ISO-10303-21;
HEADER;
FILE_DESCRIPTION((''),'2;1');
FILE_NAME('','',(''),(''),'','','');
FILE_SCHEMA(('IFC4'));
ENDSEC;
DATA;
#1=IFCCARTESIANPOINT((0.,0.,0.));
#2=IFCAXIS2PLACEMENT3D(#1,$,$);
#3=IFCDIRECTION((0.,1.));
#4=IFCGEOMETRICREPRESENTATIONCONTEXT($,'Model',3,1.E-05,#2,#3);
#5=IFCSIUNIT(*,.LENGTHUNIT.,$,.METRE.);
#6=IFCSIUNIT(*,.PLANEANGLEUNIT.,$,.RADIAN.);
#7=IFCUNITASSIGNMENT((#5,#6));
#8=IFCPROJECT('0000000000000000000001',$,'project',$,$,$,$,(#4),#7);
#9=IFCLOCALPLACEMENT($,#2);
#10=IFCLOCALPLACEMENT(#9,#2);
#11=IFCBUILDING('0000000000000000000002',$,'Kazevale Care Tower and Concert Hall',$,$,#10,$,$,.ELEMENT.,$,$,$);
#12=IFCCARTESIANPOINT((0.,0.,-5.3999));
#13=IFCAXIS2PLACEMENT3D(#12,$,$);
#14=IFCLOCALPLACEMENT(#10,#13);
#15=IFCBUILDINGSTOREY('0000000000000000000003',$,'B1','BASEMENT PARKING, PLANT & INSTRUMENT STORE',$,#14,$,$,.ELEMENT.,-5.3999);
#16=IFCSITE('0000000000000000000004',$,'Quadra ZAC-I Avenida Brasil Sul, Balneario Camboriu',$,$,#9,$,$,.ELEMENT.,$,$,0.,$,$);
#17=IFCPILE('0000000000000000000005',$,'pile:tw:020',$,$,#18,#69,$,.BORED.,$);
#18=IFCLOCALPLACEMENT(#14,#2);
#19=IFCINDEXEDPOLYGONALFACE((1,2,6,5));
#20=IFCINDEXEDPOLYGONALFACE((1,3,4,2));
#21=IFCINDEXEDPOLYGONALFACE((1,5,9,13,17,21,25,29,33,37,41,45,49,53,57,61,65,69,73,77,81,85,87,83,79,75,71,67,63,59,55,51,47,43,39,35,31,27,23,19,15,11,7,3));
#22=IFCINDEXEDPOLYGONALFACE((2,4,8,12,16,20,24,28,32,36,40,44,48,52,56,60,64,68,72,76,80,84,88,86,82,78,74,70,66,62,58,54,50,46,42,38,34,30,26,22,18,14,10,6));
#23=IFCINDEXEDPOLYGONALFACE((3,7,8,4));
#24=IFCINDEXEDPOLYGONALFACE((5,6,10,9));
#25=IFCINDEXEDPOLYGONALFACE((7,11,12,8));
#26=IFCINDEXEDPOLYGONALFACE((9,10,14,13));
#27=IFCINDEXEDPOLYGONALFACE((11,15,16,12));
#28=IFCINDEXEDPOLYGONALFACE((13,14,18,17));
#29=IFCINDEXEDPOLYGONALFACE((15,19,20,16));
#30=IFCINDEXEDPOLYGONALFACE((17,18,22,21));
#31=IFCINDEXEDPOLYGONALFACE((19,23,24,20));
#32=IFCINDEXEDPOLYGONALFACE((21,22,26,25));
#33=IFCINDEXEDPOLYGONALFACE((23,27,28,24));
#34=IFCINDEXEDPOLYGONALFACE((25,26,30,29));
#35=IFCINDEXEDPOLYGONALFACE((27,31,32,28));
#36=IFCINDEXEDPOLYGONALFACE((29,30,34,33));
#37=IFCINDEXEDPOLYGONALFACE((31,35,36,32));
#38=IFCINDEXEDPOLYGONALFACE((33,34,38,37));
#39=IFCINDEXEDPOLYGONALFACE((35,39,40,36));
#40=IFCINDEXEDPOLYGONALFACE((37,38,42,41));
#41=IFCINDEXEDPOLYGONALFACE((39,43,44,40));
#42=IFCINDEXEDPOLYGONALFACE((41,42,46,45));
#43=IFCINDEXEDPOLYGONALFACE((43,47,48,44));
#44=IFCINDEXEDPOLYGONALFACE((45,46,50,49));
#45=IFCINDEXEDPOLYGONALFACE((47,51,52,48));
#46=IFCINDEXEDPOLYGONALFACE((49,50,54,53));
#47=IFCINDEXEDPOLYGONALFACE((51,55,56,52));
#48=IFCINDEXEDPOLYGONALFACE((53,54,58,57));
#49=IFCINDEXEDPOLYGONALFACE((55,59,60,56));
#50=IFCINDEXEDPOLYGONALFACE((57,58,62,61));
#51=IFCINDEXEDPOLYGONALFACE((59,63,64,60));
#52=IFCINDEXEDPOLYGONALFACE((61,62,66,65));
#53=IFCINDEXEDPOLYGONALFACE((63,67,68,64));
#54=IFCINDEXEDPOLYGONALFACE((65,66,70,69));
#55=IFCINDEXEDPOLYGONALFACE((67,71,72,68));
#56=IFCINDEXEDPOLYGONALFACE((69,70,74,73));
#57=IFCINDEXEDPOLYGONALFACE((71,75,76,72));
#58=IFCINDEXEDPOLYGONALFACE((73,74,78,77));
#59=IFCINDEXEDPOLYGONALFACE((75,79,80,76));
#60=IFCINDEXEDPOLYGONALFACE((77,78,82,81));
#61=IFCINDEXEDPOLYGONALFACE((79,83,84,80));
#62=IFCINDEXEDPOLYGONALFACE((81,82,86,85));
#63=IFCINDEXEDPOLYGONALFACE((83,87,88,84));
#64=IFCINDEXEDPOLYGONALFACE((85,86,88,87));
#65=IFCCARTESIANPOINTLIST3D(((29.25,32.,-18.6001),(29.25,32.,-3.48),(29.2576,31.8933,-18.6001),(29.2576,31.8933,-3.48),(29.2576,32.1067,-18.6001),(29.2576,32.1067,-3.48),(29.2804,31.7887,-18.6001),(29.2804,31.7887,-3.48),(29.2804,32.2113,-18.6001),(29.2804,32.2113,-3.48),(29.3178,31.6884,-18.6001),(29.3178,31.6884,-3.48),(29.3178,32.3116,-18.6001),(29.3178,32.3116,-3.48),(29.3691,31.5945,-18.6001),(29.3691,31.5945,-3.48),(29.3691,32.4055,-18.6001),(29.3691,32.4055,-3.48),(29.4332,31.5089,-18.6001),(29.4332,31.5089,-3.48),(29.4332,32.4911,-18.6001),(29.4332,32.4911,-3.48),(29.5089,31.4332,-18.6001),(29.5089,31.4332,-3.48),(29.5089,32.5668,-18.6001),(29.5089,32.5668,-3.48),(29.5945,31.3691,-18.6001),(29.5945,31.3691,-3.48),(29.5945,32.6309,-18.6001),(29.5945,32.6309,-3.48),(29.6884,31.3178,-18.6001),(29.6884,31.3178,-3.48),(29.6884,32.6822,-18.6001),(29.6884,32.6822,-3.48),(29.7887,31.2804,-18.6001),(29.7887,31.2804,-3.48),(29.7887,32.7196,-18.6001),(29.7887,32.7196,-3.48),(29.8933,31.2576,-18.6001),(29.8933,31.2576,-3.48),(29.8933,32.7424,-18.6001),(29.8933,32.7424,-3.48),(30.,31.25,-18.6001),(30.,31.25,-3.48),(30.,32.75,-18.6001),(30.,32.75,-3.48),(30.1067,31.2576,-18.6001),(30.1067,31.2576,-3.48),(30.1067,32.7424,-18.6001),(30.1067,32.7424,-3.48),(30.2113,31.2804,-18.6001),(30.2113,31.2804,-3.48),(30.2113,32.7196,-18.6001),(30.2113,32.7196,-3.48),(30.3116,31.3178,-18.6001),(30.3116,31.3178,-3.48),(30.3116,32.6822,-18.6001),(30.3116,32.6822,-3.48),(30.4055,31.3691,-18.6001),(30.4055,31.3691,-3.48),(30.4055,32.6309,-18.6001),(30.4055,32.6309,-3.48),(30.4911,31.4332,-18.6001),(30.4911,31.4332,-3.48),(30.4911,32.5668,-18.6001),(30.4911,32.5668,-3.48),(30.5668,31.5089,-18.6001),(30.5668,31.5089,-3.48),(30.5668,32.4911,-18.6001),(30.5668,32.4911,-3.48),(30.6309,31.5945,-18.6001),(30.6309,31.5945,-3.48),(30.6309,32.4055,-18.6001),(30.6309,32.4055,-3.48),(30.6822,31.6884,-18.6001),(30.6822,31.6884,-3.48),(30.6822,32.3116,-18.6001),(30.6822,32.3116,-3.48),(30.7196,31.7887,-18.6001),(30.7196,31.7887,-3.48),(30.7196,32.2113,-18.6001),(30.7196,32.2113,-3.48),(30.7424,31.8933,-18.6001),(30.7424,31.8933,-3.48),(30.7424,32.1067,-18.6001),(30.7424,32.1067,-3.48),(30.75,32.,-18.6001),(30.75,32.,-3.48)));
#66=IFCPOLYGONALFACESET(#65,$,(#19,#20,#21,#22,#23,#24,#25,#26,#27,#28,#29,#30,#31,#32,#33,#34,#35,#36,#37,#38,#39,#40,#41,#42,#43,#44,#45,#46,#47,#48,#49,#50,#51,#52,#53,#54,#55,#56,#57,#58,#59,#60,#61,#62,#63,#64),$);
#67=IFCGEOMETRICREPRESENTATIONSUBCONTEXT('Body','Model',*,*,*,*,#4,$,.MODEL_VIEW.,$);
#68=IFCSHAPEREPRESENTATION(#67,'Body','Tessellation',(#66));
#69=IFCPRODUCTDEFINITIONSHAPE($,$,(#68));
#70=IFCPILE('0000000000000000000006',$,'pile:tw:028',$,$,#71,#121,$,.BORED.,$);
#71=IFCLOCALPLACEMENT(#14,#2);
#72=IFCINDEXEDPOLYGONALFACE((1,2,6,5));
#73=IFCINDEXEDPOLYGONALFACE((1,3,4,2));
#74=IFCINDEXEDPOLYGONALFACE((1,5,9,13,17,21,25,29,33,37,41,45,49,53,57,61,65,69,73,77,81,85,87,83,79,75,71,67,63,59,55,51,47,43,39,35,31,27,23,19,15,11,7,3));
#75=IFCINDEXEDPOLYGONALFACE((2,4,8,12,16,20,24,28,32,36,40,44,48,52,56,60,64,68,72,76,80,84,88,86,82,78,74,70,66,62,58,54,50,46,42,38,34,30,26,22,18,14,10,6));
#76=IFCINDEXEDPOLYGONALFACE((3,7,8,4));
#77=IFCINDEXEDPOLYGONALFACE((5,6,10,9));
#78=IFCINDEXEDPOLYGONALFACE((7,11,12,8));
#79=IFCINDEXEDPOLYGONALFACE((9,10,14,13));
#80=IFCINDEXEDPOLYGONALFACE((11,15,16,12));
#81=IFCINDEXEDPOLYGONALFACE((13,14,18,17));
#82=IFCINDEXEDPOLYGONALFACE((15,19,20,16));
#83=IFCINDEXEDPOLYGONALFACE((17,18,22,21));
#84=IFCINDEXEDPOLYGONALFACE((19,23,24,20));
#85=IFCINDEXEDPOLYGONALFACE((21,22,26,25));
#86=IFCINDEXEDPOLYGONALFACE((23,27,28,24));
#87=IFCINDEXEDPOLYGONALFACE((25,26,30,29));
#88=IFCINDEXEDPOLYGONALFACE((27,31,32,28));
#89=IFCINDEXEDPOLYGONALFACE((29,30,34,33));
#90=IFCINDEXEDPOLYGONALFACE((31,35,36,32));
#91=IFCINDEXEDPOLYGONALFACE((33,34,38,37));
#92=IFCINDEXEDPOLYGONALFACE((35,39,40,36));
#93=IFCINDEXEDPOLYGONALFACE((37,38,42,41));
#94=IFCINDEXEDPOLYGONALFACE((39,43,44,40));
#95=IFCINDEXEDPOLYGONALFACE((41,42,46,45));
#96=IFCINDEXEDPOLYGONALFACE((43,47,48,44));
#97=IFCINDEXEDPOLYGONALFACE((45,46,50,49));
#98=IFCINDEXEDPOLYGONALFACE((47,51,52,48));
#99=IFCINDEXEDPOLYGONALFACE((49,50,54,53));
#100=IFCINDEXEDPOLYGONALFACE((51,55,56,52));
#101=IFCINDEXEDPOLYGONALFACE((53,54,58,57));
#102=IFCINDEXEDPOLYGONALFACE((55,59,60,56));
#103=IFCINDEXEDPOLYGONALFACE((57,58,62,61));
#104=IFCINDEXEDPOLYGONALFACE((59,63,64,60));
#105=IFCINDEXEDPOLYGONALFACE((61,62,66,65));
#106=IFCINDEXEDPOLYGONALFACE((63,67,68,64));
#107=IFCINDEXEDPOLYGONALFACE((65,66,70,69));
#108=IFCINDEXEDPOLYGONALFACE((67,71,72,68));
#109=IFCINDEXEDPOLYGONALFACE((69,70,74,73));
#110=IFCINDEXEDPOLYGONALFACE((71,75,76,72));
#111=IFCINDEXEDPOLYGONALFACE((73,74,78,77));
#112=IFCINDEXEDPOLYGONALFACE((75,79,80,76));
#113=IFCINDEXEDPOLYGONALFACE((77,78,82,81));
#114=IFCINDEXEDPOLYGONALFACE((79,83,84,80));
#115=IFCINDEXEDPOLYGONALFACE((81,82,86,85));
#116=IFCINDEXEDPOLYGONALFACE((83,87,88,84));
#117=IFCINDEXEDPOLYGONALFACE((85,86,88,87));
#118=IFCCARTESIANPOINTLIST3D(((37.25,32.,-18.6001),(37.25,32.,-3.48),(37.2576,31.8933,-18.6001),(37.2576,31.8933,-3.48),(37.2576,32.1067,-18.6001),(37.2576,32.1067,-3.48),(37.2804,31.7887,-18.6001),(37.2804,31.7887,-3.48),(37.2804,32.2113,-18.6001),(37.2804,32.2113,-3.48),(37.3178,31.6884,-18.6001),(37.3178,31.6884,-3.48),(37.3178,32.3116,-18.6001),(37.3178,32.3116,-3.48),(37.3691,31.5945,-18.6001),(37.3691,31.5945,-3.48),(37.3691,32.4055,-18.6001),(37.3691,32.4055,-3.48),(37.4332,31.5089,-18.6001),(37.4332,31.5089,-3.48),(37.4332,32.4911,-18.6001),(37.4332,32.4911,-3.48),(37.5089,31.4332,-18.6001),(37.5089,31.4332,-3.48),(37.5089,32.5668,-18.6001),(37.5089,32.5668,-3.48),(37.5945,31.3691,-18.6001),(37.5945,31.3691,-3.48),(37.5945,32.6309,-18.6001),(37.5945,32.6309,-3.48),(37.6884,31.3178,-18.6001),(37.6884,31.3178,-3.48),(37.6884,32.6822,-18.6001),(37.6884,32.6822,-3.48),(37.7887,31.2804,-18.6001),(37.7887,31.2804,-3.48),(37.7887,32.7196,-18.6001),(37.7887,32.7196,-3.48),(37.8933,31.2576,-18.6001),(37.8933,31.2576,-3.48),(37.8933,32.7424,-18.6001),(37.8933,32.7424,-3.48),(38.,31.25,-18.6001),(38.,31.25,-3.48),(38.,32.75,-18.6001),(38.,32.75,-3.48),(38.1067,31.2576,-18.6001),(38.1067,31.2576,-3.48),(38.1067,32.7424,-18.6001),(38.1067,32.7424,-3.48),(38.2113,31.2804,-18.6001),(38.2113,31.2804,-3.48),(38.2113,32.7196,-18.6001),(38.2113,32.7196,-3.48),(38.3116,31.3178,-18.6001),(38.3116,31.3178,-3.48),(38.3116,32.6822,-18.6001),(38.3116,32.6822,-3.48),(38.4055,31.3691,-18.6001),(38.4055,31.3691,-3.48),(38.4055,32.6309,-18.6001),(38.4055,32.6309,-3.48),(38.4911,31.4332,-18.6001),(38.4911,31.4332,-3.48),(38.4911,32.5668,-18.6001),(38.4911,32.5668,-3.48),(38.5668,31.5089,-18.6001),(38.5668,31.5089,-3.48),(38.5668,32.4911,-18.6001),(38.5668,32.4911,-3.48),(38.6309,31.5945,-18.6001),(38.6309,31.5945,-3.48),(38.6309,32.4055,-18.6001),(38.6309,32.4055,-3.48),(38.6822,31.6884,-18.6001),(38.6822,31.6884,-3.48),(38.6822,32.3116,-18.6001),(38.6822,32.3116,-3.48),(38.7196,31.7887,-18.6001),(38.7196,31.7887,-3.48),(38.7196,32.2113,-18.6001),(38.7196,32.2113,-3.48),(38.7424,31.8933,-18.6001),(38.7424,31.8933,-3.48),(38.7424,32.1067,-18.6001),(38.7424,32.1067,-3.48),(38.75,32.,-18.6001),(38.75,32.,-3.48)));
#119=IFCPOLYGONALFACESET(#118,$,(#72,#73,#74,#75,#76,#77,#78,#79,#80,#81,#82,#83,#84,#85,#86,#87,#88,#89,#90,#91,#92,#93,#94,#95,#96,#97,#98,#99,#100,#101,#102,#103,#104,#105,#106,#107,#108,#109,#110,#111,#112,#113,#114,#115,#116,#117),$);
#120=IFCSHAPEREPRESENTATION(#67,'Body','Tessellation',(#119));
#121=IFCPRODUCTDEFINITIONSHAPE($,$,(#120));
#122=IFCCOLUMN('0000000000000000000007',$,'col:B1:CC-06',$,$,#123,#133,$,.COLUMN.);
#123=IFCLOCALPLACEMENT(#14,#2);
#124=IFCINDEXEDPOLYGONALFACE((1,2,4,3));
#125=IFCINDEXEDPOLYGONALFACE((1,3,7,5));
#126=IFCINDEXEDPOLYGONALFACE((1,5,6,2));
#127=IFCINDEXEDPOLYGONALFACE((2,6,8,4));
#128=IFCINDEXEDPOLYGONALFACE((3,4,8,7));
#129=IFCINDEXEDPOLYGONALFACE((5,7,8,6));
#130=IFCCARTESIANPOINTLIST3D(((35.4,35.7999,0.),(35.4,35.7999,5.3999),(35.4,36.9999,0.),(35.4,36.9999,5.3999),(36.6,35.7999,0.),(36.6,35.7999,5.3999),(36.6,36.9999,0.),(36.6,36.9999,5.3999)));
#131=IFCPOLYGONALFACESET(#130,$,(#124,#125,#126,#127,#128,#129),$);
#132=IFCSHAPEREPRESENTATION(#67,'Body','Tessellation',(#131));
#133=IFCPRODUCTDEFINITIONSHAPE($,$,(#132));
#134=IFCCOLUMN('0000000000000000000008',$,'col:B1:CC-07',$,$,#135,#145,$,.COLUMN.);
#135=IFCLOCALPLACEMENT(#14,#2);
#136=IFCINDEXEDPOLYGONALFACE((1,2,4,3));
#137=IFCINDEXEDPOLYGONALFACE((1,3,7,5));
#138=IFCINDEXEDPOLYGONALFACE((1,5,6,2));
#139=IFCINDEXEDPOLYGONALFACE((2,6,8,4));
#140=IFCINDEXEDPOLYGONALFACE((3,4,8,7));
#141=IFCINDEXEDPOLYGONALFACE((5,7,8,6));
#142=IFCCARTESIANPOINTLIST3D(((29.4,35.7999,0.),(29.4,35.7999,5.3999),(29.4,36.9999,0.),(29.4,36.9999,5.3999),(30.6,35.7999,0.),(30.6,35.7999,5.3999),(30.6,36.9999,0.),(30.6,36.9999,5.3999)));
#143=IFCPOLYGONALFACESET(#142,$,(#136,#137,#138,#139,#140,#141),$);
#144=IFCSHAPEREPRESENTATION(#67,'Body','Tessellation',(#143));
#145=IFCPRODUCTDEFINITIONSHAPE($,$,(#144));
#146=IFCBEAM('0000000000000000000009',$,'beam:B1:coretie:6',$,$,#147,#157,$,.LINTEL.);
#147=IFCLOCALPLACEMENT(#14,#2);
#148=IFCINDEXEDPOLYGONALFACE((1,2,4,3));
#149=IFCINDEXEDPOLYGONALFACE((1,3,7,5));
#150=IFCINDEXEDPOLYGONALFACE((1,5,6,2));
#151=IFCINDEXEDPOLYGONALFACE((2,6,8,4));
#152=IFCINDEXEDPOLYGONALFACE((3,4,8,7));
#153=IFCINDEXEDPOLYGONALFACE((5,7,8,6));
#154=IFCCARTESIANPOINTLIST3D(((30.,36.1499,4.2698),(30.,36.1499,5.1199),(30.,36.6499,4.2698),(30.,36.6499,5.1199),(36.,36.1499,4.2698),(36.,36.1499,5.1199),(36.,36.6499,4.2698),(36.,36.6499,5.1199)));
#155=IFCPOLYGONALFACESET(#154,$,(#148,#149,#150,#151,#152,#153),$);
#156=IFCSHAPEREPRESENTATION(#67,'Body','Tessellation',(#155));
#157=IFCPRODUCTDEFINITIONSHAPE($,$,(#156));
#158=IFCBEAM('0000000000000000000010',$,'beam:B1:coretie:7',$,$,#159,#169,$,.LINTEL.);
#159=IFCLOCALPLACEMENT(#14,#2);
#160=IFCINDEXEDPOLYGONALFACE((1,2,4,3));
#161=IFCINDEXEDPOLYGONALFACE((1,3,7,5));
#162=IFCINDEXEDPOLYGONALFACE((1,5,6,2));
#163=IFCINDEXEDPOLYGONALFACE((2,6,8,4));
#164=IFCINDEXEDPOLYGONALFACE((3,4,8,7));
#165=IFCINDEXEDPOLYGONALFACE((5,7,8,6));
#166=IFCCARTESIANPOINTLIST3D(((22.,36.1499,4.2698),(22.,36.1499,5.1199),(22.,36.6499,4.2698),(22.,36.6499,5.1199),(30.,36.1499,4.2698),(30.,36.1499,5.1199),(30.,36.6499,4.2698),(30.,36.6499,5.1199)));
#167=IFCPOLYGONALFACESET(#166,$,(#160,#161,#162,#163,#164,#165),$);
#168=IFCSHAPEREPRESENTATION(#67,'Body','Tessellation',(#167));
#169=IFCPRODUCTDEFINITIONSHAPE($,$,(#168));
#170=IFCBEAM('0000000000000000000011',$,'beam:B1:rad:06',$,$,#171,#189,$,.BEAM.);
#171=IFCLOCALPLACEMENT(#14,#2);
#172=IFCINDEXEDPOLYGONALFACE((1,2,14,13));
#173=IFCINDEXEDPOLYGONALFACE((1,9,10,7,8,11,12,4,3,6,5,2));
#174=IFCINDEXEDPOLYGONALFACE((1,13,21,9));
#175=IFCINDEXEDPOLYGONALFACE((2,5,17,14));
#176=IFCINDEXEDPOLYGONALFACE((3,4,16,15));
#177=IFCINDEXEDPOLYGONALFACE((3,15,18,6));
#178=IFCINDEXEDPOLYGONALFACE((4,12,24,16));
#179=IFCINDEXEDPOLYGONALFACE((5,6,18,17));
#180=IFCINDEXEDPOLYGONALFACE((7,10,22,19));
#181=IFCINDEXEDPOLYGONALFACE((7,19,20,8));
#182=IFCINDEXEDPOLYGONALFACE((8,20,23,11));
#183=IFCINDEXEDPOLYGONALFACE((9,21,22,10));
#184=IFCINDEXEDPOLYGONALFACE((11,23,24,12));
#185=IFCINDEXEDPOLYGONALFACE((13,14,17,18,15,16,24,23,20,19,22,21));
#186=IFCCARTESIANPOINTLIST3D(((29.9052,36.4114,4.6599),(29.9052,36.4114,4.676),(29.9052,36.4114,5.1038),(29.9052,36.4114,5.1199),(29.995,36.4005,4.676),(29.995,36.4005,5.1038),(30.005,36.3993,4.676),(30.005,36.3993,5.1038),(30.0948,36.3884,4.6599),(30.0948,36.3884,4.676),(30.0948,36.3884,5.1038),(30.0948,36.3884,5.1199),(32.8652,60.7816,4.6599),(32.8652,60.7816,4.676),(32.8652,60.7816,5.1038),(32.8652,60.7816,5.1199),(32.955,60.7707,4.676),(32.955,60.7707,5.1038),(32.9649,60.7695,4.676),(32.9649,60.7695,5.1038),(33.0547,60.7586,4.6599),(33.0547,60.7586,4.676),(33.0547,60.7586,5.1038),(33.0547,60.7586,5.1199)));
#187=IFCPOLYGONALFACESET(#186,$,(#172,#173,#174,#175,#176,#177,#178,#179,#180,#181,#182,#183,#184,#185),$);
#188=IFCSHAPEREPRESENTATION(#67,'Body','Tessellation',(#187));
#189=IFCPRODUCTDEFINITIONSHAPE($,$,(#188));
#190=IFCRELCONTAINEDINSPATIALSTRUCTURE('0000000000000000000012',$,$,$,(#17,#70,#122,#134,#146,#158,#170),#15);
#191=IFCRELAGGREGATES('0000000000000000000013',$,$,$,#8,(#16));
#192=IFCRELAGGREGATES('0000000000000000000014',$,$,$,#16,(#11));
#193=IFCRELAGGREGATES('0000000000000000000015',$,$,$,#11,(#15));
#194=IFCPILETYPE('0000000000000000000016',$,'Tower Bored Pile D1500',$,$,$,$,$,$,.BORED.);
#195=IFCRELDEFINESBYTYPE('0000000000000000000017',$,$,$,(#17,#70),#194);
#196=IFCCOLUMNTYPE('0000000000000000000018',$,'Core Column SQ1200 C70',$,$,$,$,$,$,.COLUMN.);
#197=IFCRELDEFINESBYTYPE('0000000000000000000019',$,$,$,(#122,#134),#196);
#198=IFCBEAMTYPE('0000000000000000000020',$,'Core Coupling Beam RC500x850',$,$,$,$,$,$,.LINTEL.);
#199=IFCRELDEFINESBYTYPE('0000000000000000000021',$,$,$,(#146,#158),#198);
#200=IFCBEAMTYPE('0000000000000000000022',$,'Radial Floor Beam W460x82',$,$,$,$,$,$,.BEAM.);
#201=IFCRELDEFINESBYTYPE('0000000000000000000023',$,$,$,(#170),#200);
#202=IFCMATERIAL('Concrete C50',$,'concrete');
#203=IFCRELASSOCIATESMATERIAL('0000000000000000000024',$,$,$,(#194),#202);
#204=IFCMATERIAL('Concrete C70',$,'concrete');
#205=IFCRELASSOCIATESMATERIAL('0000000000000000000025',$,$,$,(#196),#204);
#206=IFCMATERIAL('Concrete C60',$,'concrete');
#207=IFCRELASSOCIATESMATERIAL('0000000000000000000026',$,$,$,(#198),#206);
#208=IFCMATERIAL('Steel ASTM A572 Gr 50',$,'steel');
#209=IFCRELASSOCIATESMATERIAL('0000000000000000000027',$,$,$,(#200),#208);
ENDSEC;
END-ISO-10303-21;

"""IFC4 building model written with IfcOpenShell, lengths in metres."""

from ifc_helpers import new_model, si_unit, direction, frame, origin, origin_2d, place, context, subcontext, project, spatial, rectangle, circle, i_section, extrude, material, material_profile, profile_set, type_object, element, save


model = new_model("IFC4")

# Units and contexts
model_context = context("Model", 3, precision=1e-05, world=origin(), true_north=direction((0.0, 1.0)))
body_context = subcontext(model_context, "Body", "Model", "MODEL_VIEW")
ifc_project = project(units=[si_unit("LENGTHUNIT", "METRE"), si_unit("PLANEANGLEUNIT", "RADIAN")], contexts=[model_context])

# Site, building, storey
site_placement = place(None, origin())
site = spatial("IfcSite", under=ifc_project, at=site_placement, Name="Quadra ZAC-I Avenida Brasil Sul, Balneario Camboriu", CompositionType="ELEMENT", RefElevation=0.0)
building_placement = place(site_placement, origin())
building = spatial("IfcBuilding", under=site, at=building_placement, Name="Kazevale Care Tower and Concert Hall", CompositionType="ELEMENT")
storey_placement = place(building_placement, frame((0.0, 0.0, -5.3999)))
storey = spatial("IfcBuildingStorey", under=building, at=storey_placement, Name="B1", Description="BASEMENT PARKING, PLANT & INSTRUMENT STORE", CompositionType="ELEMENT", Elevation=-5.3999)

# Piles
ifc_material_1 = material(Name="Concrete C50", Category="concrete")
ifc_material_profile_1 = material_profile(ifc_material_1, circle(Radius=0.75, at=origin_2d()), Name="PILE-D1500")
ifc_profile_set_1 = profile_set([ifc_material_profile_1], Name="Concrete C50")
pile_type = type_object("IfcPileType", Name="Tower Bored Pile D1500", PredefinedType="BORED", material=ifc_profile_set_1)
for number, where, z_axis, x_axis, name in (
    (1, (30.0, 32.0, -3.48), (0.0, 0.0, -1.0), (1.0, 0.0, 0.0), "pile:tw:020"),
    (2, (38.0, 32.0, -3.48), (0.0, 0.0, -1.0), (1.0, 0.0, 0.0), "pile:tw:028"),
):
    element("IfcPile", number, at=place(storey_placement, frame(where, z_axis=z_axis, x_axis=x_axis)), inside=storey, type_object=pile_type, Name=name, PredefinedType="BORED", context=body_context, shape_type="SweptSolid", body=[
        extrude(circle(Radius=0.75, at=origin_2d()), origin(), (0.0, 0.0, 1.0), 15.1201),
    ])

# Columns
ifc_material_2 = material(Name="Concrete C70", Category="concrete")
ifc_material_profile_2 = material_profile(ifc_material_2, rectangle(XDim=1.2, YDim=1.2, at=origin_2d()), Name="RC-SQ1200")
ifc_profile_set_2 = profile_set([ifc_material_profile_2], Name="Concrete C70")
column_type = type_object("IfcColumnType", Name="Core Column SQ1200 C70", PredefinedType="COLUMN", material=ifc_profile_set_2)
for number, where, z_axis, x_axis, name in (
    (3, (36.0, 36.3999, 0.0), (0.0, 0.0, 1.0), (1.0, 0.0, 0.0), "col:B1:CC-06"),
    (4, (30.0, 36.3999, 0.0), (0.0, 0.0, 1.0), (1.0, 0.0, 0.0), "col:B1:CC-07"),
):
    element("IfcColumn", number, at=place(storey_placement, frame(where, z_axis=z_axis, x_axis=x_axis)), inside=storey, type_object=column_type, Name=name, PredefinedType="COLUMN", context=body_context, shape_type="SweptSolid", body=[
        extrude(rectangle(XDim=1.2, YDim=1.2, at=origin_2d()), origin(), (0.0, 0.0, 1.0), 5.3999),
    ])

# Beams
ifc_material_3 = material(Name="Concrete C60", Category="concrete")
ifc_material_profile_3 = material_profile(ifc_material_3, rectangle(XDim=0.5, YDim=0.8501, at=origin_2d()), Name="RC-B500x850")
ifc_profile_set_3 = profile_set([ifc_material_profile_3], Name="Concrete C60")
beam_type_1 = type_object("IfcBeamType", Name="Core Coupling Beam RC500x850", PredefinedType="LINTEL", material=ifc_profile_set_3)
beam_1_placement = place(storey_placement, frame((36.0, 36.3999, 4.6948), z_axis=(-1.0, 0.0, 0.0), x_axis=(0.0, -1.0, 0.0)))
element("IfcBeam", 5, at=beam_1_placement, inside=storey, type_object=beam_type_1, Name="beam:B1:coretie:6", PredefinedType="LINTEL", context=body_context, shape_type="SweptSolid", body=[
    extrude(rectangle(XDim=0.5, YDim=0.8501, at=origin_2d()), origin(), (0.0, 0.0, 1.0), 6.0),
])
beam_2_placement = place(storey_placement, frame((30.0, 36.3999, 4.6948), z_axis=(-1.0, 0.0, 0.0), x_axis=(0.0, -1.0, 0.0)))
element("IfcBeam", 6, at=beam_2_placement, inside=storey, type_object=beam_type_1, Name="beam:B1:coretie:7", PredefinedType="LINTEL", context=body_context, shape_type="SweptSolid", body=[
    extrude(rectangle(XDim=0.5, YDim=0.8501, at=origin_2d()), origin(), (0.0, 0.0, 1.0), 8.0),
])
ifc_material_4 = material(Name="Steel ASTM A572 Gr 50", Category="steel")
ifc_material_profile_4 = material_profile(ifc_material_4, i_section(OverallWidth=0.1909, OverallDepth=0.46, WebThickness=0.01, FlangeThickness=0.0161, at=origin_2d()), Name="W460x82")
ifc_profile_set_4 = profile_set([ifc_material_profile_4], Name="Steel ASTM A572 Gr 50")
beam_type_2 = type_object("IfcBeamType", Name="Radial Floor Beam W460x82", PredefinedType="BEAM", material=ifc_profile_set_4)
beam_3_placement = place(storey_placement, frame((30.0, 36.3999, 4.8899), z_axis=(0.120573, 0.992705, 0.0), x_axis=(-0.992705, 0.120573, 0.0)))
element("IfcBeam", 7, at=beam_3_placement, inside=storey, type_object=beam_type_2, Name="beam:B1:rad:06", PredefinedType="BEAM", context=body_context, shape_type="SweptSolid", body=[
    extrude(i_section(OverallWidth=0.1909, OverallDepth=0.46, WebThickness=0.01, FlangeThickness=0.0161, at=origin_2d()), origin(), (0.0, 0.0, 1.0), 24.5493),
])

save(model, "model.ifc")
